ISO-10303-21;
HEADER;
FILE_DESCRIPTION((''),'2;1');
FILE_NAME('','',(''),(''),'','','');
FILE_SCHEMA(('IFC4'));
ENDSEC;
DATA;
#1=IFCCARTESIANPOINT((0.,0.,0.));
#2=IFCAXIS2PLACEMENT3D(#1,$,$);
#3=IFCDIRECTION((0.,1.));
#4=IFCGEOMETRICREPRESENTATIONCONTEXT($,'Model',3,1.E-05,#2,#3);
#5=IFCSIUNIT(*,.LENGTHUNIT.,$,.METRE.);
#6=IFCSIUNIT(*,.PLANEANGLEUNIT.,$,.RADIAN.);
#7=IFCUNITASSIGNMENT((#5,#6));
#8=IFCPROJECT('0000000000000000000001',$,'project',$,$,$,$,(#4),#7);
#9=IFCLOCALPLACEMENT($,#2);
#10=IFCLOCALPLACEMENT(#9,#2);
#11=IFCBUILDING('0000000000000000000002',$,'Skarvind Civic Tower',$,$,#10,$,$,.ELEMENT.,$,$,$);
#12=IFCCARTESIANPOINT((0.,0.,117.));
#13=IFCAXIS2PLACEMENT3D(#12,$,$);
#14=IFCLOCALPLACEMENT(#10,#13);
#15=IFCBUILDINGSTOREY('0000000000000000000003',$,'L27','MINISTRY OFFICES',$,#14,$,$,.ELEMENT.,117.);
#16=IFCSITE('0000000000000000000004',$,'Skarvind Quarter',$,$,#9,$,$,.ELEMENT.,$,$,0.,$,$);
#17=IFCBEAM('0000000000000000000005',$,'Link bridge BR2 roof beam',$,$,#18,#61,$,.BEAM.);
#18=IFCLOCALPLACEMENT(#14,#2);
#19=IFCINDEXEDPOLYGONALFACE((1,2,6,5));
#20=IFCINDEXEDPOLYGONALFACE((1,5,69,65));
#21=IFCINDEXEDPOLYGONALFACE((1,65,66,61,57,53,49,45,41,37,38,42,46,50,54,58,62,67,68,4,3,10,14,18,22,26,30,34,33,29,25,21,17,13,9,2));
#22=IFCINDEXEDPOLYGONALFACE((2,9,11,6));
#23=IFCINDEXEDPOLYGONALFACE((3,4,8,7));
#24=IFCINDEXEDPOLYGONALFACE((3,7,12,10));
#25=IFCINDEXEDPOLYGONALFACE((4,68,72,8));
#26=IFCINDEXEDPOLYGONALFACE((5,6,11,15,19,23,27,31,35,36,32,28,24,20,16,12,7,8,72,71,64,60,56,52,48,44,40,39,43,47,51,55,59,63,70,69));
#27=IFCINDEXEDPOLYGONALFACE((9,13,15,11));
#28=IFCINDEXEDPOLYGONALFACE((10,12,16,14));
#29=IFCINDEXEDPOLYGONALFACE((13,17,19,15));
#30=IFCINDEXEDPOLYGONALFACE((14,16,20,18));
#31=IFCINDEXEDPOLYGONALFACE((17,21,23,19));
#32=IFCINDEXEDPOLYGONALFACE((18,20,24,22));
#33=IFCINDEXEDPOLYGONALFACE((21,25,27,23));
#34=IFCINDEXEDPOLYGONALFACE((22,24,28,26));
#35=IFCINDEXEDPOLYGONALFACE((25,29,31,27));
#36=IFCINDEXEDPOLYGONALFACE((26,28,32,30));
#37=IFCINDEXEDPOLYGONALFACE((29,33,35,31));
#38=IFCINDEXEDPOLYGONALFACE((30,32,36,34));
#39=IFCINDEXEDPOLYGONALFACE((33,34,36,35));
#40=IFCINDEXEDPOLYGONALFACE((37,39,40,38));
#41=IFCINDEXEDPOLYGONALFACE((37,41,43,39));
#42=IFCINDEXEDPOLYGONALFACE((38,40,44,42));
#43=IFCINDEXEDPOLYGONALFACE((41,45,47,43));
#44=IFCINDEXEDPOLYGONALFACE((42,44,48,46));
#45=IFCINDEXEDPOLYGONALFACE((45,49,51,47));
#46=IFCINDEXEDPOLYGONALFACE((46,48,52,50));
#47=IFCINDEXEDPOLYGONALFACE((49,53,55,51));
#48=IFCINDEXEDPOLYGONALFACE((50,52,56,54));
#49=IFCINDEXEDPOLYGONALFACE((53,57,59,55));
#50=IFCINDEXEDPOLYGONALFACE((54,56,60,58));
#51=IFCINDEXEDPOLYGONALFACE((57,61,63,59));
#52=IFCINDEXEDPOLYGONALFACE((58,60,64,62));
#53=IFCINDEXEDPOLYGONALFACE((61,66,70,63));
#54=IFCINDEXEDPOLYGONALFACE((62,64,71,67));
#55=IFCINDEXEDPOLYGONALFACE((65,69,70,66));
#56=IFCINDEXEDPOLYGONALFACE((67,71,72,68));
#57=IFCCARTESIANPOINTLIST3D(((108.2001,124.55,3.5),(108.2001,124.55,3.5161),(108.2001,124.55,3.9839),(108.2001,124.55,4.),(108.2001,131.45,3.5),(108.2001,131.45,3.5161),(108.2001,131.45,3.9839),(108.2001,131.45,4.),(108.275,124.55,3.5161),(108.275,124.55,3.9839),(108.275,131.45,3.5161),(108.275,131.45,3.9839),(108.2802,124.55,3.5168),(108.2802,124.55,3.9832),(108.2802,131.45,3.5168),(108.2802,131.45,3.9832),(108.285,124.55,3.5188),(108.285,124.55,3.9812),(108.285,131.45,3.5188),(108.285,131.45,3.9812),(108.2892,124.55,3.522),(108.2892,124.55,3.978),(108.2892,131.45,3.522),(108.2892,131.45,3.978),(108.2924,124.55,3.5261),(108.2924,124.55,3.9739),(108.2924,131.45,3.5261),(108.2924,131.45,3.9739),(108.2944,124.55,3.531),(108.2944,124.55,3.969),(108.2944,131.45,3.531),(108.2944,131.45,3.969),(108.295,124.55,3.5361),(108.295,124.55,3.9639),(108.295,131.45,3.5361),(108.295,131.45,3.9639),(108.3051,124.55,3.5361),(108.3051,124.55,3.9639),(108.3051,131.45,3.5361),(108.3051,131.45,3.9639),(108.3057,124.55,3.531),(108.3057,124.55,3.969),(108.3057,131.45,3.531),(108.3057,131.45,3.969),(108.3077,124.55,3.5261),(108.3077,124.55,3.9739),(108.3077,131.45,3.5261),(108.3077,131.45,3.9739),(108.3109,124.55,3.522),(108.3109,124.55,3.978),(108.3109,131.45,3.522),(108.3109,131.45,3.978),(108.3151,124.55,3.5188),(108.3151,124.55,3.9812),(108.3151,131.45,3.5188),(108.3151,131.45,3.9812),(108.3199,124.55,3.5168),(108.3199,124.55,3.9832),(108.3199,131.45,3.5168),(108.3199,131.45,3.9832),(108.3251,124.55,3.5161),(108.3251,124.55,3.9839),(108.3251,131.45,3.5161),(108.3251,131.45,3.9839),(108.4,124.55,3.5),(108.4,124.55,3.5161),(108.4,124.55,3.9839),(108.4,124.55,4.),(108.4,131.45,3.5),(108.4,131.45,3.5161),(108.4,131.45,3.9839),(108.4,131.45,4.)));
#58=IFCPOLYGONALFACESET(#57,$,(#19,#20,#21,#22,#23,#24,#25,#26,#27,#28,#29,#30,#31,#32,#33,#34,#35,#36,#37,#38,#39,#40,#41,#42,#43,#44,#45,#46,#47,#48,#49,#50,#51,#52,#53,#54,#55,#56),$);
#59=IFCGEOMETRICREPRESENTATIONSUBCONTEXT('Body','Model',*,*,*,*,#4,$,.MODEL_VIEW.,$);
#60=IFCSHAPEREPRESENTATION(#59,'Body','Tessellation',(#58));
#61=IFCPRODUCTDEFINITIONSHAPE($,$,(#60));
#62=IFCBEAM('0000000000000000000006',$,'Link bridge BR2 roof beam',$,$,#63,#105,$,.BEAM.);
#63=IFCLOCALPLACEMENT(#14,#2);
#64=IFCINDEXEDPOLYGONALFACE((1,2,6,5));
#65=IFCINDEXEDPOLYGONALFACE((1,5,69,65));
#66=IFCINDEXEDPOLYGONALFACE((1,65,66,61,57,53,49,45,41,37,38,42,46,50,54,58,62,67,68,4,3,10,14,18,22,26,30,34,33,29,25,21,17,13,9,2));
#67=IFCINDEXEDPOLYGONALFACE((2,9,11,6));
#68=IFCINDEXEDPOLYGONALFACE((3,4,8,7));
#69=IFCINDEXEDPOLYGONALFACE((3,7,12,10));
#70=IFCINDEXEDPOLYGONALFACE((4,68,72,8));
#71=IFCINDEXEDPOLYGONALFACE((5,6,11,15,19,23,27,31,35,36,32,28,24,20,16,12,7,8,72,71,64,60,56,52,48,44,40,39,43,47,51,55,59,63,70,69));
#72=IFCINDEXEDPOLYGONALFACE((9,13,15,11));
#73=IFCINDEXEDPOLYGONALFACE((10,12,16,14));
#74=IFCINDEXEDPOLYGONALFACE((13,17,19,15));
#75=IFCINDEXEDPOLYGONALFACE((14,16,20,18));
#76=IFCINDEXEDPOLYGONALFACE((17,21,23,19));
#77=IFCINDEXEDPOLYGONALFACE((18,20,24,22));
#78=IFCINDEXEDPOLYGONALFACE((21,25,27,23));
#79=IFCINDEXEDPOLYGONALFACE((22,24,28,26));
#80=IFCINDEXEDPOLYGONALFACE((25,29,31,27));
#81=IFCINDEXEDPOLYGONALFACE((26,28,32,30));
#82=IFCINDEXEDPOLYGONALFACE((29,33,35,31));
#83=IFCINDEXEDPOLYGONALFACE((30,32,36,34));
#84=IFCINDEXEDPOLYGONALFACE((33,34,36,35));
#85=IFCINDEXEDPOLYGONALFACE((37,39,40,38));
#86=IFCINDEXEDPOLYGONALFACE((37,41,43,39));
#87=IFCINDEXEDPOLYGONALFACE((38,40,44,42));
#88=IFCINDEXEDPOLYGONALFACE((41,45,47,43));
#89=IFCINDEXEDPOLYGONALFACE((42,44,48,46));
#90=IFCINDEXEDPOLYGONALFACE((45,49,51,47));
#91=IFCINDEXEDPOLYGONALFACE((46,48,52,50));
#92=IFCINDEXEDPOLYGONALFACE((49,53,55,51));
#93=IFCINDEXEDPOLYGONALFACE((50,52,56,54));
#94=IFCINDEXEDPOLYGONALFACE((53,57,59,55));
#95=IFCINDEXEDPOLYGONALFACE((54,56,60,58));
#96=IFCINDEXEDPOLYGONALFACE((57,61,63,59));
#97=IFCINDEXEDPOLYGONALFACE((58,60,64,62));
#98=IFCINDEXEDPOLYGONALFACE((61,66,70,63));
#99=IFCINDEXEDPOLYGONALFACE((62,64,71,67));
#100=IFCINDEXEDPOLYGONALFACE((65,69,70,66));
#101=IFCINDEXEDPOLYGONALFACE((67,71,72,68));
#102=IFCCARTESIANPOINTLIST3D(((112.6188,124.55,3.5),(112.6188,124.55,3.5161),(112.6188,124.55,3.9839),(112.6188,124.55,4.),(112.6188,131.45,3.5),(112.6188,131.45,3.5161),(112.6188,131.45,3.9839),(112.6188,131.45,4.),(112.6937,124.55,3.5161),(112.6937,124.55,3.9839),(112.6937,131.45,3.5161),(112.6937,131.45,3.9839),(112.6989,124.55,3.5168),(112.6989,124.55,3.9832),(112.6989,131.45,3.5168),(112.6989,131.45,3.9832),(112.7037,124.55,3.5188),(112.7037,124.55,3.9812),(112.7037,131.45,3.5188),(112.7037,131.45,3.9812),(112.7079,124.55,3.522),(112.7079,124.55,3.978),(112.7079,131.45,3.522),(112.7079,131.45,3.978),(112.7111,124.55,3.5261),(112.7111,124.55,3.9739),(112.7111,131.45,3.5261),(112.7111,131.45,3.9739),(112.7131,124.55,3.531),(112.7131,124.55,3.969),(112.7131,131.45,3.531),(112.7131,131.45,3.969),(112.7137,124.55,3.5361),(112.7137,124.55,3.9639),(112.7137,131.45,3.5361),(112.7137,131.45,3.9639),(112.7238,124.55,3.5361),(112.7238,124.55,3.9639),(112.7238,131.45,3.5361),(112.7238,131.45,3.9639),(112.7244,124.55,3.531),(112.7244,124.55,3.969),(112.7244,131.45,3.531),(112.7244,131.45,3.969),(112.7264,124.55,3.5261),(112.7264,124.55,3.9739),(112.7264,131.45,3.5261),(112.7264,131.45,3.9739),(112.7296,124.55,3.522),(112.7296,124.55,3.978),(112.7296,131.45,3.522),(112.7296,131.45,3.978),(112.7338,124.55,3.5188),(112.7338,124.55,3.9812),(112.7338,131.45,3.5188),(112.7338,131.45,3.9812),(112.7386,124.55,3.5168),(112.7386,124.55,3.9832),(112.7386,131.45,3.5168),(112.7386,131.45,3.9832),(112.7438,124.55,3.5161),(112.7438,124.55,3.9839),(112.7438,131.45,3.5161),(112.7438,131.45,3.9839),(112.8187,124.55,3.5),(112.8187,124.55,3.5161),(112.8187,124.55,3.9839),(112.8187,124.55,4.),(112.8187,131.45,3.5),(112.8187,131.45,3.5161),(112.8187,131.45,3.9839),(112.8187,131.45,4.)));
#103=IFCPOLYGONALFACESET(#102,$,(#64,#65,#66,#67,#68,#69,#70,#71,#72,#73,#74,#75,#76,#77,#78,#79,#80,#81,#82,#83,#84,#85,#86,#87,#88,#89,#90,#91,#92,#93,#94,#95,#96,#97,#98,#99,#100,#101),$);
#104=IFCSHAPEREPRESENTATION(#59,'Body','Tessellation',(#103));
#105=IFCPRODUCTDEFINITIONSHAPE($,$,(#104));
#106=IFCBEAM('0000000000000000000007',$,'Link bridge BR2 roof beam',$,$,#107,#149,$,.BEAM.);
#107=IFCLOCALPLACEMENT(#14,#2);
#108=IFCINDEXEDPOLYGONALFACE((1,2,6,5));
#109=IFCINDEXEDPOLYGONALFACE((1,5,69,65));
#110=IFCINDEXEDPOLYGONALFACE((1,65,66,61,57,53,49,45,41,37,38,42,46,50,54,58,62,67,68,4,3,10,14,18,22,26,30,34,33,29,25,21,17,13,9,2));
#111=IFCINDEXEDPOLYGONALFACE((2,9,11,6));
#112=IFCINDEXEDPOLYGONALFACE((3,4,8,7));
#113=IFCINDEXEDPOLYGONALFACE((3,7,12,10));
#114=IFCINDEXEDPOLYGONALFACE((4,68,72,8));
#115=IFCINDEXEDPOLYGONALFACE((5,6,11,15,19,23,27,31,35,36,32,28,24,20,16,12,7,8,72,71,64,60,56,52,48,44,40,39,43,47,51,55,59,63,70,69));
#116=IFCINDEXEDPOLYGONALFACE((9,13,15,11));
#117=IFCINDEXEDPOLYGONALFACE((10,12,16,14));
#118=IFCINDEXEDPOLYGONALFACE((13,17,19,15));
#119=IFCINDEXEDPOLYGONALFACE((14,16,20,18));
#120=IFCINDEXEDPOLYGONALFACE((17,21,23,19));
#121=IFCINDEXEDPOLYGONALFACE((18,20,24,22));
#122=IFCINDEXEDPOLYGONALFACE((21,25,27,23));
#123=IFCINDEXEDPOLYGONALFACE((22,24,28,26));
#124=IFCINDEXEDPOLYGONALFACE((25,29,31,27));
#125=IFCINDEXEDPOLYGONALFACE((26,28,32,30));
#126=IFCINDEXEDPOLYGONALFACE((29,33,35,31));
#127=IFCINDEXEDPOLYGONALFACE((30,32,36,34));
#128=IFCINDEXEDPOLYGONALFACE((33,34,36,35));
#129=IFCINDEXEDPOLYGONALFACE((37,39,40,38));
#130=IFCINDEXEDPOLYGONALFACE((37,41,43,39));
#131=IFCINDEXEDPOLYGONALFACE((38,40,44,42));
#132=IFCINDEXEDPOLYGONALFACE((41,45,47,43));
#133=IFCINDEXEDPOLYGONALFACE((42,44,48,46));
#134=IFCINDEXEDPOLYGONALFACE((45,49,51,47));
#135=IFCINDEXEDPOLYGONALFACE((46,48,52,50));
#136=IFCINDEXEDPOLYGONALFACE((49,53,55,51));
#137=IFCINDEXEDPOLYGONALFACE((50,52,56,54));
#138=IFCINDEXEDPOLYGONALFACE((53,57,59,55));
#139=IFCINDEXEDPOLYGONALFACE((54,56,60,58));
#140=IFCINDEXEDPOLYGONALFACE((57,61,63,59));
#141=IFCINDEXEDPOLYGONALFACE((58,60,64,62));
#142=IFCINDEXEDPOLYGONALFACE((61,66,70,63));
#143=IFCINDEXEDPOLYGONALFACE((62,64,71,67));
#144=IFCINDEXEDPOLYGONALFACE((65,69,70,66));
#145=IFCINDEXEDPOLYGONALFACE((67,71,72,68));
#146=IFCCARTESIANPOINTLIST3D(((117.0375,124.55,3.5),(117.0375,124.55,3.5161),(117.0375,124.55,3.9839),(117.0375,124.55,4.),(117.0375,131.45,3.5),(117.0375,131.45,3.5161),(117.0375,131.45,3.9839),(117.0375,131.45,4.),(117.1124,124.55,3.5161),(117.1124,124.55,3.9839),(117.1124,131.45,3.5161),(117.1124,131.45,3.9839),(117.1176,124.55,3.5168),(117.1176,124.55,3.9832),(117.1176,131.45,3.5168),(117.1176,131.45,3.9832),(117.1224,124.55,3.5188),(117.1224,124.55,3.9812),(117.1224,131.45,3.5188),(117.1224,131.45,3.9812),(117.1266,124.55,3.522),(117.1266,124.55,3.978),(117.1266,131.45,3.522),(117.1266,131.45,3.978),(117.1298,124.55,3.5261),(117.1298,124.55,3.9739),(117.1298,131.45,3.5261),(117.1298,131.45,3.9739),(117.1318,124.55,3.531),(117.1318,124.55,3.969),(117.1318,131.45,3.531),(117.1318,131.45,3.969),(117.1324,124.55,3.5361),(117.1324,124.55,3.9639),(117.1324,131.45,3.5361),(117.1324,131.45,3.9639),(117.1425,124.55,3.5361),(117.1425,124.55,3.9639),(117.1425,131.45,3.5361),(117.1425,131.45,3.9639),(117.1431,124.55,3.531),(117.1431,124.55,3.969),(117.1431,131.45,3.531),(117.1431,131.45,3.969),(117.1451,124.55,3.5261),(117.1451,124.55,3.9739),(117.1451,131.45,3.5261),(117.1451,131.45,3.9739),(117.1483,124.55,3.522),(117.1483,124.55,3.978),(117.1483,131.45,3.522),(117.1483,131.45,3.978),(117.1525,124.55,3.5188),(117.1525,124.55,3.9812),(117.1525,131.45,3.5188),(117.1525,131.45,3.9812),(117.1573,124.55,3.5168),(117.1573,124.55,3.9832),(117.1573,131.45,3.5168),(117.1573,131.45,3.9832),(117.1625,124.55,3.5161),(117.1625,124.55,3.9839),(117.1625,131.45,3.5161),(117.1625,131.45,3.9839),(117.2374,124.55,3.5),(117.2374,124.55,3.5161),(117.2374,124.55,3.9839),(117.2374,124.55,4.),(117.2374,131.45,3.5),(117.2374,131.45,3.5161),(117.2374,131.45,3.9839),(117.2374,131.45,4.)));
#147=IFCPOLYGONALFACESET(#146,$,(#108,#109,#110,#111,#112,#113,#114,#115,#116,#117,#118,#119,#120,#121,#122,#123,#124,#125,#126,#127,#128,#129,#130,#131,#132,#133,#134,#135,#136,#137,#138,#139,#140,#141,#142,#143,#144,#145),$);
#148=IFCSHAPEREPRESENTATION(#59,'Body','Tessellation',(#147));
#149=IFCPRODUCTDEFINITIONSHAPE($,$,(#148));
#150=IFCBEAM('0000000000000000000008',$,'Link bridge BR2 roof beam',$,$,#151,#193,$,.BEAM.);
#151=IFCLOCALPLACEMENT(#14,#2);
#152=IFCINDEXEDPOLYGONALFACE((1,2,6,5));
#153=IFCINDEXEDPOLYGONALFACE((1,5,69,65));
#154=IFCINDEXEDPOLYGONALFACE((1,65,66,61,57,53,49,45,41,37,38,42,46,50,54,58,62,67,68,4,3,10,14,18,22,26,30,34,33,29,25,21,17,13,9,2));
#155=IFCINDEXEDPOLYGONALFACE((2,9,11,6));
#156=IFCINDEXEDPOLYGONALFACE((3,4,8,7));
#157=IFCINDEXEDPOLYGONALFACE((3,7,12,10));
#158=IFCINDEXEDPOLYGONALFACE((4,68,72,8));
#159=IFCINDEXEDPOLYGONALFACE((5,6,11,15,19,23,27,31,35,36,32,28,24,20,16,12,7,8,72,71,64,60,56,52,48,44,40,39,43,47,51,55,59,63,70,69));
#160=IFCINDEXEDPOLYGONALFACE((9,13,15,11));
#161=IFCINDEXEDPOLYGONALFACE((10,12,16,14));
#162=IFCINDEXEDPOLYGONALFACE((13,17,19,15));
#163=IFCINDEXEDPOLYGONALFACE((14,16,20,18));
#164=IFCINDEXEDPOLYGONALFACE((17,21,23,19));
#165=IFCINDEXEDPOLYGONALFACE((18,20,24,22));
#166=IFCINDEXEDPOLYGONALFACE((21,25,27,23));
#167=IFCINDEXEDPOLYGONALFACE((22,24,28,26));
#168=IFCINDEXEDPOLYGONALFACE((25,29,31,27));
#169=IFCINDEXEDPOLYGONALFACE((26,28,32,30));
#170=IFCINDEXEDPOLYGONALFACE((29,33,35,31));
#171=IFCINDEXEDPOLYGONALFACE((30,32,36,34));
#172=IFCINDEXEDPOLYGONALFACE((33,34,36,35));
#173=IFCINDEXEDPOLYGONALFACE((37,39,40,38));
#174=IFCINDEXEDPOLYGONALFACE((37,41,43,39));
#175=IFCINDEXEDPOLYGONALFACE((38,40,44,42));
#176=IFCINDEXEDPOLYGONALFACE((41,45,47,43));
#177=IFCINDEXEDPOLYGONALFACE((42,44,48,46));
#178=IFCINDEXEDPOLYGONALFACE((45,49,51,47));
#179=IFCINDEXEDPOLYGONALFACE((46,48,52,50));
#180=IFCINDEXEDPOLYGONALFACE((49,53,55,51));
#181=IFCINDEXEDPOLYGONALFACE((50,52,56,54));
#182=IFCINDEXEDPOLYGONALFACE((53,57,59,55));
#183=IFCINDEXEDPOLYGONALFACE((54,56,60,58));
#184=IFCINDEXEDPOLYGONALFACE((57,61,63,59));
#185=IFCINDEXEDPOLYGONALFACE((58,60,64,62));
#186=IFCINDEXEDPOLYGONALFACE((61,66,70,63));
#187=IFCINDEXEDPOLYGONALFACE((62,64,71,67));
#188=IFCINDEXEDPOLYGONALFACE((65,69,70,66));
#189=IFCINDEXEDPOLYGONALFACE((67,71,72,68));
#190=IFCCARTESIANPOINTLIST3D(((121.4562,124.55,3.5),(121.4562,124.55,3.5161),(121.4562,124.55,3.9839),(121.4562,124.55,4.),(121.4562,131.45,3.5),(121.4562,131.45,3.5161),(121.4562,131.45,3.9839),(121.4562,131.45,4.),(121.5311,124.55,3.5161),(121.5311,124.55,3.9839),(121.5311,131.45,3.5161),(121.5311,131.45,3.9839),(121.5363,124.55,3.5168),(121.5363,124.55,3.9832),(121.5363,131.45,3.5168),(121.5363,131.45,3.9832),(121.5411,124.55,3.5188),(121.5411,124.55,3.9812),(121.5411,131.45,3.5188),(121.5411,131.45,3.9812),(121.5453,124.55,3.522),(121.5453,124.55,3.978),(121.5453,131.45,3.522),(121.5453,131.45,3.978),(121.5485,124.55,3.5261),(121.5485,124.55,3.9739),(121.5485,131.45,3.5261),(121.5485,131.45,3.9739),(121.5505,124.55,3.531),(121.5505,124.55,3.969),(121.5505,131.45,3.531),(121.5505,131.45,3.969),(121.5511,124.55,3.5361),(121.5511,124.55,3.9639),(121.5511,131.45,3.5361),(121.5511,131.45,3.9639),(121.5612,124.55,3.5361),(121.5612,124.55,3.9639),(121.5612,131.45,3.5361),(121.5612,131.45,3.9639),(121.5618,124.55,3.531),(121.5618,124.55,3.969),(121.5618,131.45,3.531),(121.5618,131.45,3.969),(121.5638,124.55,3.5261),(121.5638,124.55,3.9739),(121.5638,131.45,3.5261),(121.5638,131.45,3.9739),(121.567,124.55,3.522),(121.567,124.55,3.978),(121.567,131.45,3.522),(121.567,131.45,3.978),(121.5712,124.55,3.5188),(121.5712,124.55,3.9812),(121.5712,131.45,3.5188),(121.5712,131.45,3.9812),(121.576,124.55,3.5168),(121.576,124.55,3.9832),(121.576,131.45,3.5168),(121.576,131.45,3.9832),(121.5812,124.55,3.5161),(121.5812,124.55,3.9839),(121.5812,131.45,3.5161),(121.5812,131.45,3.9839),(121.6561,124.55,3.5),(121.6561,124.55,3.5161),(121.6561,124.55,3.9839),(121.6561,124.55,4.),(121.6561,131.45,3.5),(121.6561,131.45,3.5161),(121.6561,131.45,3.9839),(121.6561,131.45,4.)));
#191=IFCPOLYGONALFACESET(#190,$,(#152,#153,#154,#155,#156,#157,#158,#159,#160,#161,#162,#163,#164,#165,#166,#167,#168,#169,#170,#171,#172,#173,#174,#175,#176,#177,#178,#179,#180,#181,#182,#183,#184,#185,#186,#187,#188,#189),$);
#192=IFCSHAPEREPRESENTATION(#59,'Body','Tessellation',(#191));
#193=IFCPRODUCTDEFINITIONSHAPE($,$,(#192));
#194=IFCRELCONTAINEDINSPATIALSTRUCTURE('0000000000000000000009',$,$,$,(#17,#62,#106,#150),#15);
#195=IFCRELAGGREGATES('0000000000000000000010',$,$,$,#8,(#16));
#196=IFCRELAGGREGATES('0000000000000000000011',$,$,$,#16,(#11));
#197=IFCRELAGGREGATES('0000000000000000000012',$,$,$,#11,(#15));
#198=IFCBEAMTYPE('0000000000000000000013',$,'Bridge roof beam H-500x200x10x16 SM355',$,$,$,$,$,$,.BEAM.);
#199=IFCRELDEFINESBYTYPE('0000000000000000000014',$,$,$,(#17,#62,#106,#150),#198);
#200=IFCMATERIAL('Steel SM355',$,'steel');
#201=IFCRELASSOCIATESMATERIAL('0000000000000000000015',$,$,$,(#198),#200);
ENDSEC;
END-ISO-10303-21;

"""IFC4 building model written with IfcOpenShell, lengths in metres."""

from ifc_helpers import new_model, si_unit, direction, frame, origin, origin_2d, place, context, subcontext, project, spatial, i_section, extrude, material, material_profile, profile_set, type_object, element, save


model = new_model("IFC4")

# Units and contexts
model_context = context("Model", 3, precision=1e-05, world=origin(), true_north=direction((0.0, 1.0)))
body_context = subcontext(model_context, "Body", "Model", "MODEL_VIEW")
ifc_project = project(units=[si_unit("LENGTHUNIT", "METRE"), si_unit("PLANEANGLEUNIT", "RADIAN")], contexts=[model_context])

# Site, building, storey
site_placement = place(None, origin())
site = spatial("IfcSite", under=ifc_project, at=site_placement, Name="Skarvind Quarter", CompositionType="ELEMENT", RefElevation=0.0)
building_placement = place(site_placement, origin())
building = spatial("IfcBuilding", under=site, at=building_placement, Name="Skarvind Civic Tower", CompositionType="ELEMENT")
storey_placement = place(building_placement, frame((0.0, 0.0, 117.0)))
storey = spatial("IfcBuildingStorey", under=building, at=storey_placement, Name="L27", Description="MINISTRY OFFICES", CompositionType="ELEMENT", Elevation=117.0)

# Shared definitions
ifc_material_1 = material(Name="Steel SM355", Category="steel")

# Beams
ifc_material_profile_1 = material_profile(ifc_material_1, i_section(OverallWidth=0.2, OverallDepth=0.5, WebThickness=0.01, FlangeThickness=0.0161, FilletRadius=0.02, at=origin_2d()), Name="H-500x200x10x16")
ifc_profile_set_1 = profile_set([ifc_material_profile_1], Name="Steel SM355")
beam_type = type_object("IfcBeamType", Name="Bridge roof beam H-500x200x10x16 SM355", PredefinedType="BEAM", material=ifc_profile_set_1)
for number, where, z_axis, x_axis, name in (
    (1, (108.3, 124.55, 3.75), (0.0, 1.0, 0.0), (-1.0, 0.0, 0.0), "Link bridge BR2 roof beam"),
    (2, (112.7188, 124.55, 3.75), (0.0, 1.0, 0.0), (-1.0, 0.0, 0.0), "Link bridge BR2 roof beam"),
    (3, (117.1375, 124.55, 3.75), (0.0, 1.0, 0.0), (-1.0, 0.0, 0.0), "Link bridge BR2 roof beam"),
    (4, (121.5562, 124.55, 3.75), (0.0, 1.0, 0.0), (-1.0, 0.0, 0.0), "Link bridge BR2 roof beam"),
):
    element("IfcBeam", number, at=place(storey_placement, frame(where, z_axis=z_axis, x_axis=x_axis)), inside=storey, type_object=beam_type, Name=name, PredefinedType="BEAM", context=body_context, shape_type="SweptSolid", body=[
        extrude(i_section(OverallWidth=0.2, OverallDepth=0.5, WebThickness=0.01, FlangeThickness=0.0161, FilletRadius=0.02, at=origin_2d()), origin(), (0.0, 0.0, 1.0), 6.8999),
    ])

save(model, "model.ifc")
